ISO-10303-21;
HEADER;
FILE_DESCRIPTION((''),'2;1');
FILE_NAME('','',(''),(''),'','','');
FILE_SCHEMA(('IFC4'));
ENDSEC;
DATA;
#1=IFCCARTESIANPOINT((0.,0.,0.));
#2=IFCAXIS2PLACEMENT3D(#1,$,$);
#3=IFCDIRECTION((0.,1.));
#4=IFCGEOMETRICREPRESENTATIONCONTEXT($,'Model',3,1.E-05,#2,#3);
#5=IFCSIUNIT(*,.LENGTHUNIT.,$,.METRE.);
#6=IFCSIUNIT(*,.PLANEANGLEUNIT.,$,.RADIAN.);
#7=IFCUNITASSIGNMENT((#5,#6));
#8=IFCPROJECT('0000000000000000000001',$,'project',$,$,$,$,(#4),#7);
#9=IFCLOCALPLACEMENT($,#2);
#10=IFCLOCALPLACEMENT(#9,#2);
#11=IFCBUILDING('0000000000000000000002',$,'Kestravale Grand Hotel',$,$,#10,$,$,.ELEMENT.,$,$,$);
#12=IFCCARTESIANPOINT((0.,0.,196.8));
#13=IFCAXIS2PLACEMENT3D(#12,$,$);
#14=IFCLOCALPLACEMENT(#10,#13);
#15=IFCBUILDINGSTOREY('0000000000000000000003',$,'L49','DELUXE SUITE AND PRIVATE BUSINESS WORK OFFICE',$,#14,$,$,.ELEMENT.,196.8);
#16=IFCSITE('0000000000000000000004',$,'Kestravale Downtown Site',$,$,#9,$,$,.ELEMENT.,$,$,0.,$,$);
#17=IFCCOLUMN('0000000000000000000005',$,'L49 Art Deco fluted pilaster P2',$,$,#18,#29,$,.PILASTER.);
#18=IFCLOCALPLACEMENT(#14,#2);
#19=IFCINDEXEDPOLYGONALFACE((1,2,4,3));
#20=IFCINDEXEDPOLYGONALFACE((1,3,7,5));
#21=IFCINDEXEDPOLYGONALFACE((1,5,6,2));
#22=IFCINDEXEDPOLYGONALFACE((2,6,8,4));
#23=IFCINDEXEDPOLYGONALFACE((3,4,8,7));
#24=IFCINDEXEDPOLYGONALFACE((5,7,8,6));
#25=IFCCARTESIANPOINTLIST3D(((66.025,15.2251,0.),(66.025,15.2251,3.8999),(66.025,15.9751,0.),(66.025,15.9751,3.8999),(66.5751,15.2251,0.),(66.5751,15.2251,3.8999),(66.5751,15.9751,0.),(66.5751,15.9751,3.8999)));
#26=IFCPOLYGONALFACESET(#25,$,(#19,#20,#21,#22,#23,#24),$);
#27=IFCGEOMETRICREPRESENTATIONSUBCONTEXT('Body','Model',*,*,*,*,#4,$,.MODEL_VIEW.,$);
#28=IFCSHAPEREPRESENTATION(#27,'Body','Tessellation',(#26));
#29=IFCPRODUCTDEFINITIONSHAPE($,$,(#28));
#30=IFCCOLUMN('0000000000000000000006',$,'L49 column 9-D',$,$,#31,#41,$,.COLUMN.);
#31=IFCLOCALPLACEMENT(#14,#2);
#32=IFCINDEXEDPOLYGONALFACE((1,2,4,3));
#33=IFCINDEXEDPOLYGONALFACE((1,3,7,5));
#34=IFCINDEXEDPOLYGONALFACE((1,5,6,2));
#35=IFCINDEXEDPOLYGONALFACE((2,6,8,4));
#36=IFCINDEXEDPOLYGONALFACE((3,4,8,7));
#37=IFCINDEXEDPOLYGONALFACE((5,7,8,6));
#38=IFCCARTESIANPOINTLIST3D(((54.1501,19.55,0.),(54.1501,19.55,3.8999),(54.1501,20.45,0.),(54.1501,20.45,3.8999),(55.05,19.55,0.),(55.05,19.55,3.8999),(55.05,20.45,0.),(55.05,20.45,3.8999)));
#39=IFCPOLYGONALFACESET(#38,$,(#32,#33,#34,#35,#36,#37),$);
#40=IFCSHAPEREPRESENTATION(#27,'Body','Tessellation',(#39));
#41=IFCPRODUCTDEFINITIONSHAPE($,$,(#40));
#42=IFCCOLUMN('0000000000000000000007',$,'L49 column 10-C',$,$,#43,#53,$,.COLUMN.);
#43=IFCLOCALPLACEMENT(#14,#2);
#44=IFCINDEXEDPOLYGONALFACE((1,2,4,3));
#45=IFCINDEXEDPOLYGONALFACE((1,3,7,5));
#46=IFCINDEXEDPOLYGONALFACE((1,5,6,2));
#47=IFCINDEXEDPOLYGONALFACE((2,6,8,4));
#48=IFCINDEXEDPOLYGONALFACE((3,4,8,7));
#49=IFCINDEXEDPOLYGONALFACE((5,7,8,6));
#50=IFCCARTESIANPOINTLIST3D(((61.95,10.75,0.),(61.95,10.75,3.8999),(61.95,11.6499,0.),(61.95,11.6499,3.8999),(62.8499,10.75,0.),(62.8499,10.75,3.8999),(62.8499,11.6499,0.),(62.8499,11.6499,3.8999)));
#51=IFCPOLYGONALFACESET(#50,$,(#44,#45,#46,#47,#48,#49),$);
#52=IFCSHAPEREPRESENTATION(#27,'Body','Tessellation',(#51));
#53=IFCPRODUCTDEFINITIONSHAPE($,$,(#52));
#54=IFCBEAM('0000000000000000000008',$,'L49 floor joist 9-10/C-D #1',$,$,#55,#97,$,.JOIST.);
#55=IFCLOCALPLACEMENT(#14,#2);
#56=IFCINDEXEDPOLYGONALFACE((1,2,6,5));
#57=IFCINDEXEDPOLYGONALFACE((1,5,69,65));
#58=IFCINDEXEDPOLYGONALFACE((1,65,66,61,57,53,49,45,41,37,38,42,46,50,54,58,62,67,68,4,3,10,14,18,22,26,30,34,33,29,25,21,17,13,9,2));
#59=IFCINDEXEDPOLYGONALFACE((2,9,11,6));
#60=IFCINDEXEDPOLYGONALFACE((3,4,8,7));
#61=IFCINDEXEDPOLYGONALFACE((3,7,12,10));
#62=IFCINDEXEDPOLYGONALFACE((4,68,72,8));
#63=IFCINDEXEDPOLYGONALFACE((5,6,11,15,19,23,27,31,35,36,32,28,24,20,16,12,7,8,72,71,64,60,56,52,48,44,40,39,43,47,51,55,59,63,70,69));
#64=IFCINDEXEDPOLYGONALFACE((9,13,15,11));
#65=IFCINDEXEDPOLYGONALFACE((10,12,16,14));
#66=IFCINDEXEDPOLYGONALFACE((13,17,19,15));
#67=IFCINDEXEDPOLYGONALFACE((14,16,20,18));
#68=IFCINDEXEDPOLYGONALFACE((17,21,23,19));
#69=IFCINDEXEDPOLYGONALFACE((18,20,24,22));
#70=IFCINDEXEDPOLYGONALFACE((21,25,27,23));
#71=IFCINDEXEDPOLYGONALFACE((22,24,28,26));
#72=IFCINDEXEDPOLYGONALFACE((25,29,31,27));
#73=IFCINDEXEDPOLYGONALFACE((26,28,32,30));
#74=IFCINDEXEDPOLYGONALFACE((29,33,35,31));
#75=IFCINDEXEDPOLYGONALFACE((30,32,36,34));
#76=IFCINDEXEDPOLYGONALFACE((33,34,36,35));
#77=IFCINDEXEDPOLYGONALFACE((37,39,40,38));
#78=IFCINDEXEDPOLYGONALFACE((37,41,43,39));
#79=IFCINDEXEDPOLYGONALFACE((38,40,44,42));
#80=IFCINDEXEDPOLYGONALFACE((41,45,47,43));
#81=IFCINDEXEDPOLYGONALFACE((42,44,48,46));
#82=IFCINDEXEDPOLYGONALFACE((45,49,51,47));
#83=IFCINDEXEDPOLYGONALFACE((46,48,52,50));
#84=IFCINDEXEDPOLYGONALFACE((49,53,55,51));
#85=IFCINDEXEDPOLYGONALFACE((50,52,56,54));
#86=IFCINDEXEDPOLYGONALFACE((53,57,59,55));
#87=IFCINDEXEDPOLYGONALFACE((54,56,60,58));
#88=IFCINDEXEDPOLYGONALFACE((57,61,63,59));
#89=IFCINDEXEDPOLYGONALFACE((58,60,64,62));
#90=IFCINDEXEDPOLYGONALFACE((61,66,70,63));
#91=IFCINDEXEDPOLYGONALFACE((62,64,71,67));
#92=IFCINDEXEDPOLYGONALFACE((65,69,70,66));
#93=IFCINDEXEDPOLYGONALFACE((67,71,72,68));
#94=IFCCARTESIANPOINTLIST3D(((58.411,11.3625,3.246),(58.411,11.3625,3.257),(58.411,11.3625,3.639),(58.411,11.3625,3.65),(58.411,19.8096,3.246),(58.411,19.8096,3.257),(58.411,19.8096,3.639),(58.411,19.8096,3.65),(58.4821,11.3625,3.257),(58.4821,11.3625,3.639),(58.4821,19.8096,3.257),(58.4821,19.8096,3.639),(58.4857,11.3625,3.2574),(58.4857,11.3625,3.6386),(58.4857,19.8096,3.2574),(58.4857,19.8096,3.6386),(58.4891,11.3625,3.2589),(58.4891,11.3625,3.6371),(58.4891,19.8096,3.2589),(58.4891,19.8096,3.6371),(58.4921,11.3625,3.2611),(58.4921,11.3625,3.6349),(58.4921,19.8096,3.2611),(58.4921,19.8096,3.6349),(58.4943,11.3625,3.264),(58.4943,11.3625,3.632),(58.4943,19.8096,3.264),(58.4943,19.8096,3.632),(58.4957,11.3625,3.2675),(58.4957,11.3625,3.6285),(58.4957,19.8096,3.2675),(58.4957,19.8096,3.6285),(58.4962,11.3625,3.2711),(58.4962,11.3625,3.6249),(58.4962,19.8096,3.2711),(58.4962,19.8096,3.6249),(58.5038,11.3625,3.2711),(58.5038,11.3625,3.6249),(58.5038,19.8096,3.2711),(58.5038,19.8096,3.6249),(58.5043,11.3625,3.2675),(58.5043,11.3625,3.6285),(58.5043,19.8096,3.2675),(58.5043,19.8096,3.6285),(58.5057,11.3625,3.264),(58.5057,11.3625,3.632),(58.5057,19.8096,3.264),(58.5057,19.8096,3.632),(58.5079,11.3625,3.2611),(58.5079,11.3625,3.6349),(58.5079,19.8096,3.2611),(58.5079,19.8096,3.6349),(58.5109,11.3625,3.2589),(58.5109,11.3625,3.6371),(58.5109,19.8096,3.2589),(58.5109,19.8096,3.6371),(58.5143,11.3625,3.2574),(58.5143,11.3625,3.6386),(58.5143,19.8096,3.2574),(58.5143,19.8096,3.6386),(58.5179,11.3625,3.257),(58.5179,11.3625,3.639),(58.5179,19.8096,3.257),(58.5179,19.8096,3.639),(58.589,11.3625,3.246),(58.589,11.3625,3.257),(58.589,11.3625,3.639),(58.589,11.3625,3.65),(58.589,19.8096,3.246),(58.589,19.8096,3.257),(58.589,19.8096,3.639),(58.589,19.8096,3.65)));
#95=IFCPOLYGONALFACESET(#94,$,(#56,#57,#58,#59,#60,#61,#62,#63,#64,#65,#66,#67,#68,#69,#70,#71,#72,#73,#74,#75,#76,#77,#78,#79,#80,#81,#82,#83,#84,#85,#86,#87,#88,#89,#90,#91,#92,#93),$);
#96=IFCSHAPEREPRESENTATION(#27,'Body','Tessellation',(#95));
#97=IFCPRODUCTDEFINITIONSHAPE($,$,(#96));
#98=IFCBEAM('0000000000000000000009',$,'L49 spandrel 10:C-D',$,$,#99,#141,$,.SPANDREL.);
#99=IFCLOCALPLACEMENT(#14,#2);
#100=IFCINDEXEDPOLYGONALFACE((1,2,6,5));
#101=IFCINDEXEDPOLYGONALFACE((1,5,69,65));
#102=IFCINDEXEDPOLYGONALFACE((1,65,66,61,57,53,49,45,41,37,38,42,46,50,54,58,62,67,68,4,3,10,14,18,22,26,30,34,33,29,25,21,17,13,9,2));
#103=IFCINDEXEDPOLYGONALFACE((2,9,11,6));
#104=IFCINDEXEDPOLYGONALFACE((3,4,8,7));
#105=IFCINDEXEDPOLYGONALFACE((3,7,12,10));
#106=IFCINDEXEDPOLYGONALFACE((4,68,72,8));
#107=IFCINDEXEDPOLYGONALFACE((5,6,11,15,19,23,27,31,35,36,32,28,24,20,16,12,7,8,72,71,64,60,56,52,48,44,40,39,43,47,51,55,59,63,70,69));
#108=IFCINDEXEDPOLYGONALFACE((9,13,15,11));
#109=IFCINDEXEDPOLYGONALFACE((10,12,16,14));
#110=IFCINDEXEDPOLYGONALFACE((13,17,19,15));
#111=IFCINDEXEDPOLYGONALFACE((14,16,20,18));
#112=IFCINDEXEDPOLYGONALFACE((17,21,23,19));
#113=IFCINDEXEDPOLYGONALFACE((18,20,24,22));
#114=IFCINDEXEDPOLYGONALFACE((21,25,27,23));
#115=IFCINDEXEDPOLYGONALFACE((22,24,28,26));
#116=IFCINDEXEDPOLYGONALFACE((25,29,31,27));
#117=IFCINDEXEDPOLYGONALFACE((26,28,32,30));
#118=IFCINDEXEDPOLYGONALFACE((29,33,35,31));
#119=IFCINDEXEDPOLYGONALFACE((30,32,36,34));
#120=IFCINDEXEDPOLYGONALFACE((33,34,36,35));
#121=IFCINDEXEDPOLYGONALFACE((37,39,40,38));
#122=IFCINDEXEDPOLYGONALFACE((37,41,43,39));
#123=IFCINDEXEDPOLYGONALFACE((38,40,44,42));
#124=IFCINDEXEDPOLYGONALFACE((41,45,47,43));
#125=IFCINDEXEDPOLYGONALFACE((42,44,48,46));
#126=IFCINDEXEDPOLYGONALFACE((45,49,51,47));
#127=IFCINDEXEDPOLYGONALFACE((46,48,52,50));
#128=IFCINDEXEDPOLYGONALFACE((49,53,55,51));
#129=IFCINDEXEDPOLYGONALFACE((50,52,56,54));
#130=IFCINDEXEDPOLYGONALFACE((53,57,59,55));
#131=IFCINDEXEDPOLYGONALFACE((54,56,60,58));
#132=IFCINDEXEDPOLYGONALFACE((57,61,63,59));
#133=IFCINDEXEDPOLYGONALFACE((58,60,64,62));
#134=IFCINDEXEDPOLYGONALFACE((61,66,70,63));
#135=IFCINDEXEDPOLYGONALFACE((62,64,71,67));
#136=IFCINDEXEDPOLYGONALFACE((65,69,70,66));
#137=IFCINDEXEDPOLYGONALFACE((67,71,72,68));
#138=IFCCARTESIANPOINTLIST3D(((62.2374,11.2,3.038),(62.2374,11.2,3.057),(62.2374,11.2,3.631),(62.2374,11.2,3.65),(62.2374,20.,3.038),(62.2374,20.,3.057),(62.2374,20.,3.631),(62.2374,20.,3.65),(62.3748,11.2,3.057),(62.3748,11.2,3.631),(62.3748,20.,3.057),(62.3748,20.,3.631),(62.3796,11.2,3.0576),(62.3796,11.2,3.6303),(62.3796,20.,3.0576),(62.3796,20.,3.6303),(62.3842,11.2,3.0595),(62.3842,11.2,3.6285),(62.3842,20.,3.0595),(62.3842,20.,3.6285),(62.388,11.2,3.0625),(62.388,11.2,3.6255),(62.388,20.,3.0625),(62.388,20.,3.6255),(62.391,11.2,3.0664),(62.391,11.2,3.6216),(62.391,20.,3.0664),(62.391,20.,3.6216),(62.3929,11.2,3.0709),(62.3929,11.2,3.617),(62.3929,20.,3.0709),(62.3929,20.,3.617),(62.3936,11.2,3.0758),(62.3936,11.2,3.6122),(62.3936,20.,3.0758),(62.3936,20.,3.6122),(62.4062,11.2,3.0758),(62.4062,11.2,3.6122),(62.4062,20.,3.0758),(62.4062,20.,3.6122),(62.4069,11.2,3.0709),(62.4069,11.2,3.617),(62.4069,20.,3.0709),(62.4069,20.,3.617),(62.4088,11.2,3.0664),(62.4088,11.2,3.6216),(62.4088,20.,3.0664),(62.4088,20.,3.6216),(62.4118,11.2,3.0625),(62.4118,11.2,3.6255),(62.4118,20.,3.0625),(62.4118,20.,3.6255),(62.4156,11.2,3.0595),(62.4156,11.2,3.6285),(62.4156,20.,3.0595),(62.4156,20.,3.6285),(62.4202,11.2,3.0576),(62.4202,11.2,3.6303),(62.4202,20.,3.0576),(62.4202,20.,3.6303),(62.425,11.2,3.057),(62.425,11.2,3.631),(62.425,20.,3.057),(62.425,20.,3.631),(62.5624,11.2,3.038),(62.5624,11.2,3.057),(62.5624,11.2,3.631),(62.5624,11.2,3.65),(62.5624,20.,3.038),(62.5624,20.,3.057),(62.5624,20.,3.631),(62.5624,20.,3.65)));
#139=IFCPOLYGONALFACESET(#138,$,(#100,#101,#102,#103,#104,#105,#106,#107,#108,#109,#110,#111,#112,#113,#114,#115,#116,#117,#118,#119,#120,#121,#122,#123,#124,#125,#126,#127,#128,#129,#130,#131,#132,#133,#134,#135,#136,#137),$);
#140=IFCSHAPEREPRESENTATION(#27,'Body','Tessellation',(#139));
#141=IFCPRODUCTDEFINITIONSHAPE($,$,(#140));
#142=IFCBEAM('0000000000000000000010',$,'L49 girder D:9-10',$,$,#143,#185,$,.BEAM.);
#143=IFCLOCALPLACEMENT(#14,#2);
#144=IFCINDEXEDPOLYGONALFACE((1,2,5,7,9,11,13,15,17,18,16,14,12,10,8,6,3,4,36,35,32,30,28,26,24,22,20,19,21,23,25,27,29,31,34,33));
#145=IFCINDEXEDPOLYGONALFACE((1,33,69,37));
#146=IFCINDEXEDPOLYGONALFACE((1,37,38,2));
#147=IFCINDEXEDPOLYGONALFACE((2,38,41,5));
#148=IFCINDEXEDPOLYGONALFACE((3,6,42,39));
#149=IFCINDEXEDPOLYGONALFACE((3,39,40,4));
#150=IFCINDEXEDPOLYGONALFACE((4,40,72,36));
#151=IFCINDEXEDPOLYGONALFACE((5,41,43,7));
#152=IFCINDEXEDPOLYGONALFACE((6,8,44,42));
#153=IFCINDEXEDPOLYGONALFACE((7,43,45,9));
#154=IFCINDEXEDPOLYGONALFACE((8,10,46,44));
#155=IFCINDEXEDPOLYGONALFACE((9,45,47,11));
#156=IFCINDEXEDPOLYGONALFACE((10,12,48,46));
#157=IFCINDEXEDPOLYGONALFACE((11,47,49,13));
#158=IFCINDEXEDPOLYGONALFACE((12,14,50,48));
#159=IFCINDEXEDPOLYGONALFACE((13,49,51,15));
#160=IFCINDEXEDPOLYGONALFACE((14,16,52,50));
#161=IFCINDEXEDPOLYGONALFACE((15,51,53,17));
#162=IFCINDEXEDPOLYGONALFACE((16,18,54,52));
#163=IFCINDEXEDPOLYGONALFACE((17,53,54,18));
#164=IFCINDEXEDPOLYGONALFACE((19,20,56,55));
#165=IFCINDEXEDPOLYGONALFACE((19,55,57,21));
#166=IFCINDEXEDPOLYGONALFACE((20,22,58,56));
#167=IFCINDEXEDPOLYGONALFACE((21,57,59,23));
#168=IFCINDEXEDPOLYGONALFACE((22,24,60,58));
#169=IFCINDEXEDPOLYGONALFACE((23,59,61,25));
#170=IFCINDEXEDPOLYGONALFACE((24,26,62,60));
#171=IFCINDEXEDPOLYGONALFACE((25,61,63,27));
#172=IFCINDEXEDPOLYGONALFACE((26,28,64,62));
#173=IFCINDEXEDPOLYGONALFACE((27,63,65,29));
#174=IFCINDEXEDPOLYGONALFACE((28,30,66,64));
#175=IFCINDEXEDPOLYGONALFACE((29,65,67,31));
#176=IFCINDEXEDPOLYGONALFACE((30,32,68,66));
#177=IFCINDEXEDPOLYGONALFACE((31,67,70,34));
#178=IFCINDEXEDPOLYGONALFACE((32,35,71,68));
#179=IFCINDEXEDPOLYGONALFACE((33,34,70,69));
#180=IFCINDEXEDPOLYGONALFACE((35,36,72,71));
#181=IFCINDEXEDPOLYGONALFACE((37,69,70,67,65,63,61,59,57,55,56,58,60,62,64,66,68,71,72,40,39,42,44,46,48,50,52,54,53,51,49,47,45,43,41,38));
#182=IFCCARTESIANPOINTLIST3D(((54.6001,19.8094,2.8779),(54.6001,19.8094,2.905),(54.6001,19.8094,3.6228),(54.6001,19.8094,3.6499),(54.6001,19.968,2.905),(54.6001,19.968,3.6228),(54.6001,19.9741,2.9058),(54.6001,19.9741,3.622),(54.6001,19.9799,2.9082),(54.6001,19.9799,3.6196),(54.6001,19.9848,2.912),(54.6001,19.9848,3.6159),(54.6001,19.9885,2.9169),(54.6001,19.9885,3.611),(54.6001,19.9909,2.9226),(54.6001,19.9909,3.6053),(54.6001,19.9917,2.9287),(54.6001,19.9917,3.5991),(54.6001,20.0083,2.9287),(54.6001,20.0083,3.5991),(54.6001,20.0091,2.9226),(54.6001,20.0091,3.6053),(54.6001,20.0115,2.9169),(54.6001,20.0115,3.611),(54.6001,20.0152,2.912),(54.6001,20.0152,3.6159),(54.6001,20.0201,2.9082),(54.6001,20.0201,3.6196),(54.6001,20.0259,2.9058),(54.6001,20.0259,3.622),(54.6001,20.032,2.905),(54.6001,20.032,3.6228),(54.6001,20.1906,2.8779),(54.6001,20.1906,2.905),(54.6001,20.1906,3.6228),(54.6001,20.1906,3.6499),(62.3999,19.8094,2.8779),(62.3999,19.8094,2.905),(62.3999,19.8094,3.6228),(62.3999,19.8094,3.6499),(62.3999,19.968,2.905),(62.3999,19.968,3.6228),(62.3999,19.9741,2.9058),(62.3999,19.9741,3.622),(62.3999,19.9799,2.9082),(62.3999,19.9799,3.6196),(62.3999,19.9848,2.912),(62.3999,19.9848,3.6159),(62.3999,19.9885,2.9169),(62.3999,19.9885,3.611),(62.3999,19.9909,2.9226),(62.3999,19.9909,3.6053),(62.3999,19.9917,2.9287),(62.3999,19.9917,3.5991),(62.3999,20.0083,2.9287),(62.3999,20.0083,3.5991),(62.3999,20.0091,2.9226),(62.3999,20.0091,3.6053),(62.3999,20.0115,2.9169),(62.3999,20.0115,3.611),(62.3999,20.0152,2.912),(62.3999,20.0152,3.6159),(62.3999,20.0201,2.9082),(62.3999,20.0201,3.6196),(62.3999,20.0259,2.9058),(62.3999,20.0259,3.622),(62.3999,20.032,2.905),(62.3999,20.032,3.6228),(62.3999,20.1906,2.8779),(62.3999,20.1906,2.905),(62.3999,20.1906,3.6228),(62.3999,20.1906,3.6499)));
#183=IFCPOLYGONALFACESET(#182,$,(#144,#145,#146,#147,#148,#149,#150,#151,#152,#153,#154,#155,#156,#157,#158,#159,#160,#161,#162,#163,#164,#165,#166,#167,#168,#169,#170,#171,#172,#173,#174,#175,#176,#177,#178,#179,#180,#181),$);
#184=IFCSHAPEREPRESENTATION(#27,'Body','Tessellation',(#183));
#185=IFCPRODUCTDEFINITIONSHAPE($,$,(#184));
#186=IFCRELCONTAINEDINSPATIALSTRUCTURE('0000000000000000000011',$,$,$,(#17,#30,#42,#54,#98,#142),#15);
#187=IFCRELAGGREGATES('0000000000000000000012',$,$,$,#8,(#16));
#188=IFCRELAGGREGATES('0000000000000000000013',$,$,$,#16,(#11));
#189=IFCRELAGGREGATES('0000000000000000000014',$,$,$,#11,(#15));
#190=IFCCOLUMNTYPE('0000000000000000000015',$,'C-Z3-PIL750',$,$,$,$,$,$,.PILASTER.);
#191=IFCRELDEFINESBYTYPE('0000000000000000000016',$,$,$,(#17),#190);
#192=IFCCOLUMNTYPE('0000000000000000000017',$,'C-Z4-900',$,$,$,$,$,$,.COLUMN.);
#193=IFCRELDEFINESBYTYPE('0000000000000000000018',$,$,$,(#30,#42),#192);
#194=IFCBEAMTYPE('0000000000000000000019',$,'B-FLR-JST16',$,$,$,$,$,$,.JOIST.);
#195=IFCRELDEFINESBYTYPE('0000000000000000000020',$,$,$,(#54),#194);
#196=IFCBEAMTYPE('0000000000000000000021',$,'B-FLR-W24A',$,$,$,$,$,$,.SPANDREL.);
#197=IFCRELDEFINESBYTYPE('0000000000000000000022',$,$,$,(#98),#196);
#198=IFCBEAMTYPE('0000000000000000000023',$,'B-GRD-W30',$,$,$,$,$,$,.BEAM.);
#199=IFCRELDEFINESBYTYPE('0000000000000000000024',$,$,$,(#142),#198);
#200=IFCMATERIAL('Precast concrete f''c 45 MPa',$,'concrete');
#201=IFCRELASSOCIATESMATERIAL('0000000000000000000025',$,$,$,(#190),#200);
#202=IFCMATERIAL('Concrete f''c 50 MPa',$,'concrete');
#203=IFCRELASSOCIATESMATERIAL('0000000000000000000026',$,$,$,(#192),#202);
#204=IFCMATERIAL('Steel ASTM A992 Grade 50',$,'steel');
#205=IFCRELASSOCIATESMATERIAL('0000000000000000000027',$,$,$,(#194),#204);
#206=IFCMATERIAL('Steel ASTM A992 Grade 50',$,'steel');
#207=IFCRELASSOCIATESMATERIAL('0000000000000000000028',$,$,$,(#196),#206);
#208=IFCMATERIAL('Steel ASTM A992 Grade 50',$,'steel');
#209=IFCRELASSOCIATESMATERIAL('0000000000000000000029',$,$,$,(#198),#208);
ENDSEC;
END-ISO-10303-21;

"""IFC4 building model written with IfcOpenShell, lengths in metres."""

from ifc_helpers import new_model, si_unit, direction, frame, origin, origin_2d, place, context, subcontext, project, spatial, rectangle, i_section, extrude, material, material_profile, profile_set, type_object, element, save


model = new_model("IFC4")

# Units and contexts
model_context = context("Model", 3, precision=1e-05, world=origin(), true_north=direction((0.0, 1.0)))
body_context = subcontext(model_context, "Body", "Model", "MODEL_VIEW")
ifc_project = project(units=[si_unit("LENGTHUNIT", "METRE"), si_unit("PLANEANGLEUNIT", "RADIAN")], contexts=[model_context])

# Site, building, storey
site_placement = place(None, origin())
site = spatial("IfcSite", under=ifc_project, at=site_placement, Name="Kestravale Downtown Site", CompositionType="ELEMENT", RefElevation=0.0)
building_placement = place(site_placement, origin())
building = spatial("IfcBuilding", under=site, at=building_placement, Name="Kestravale Grand Hotel", CompositionType="ELEMENT")
storey_placement = place(building_placement, frame((0.0, 0.0, 196.8)))
storey = spatial("IfcBuildingStorey", under=building, at=storey_placement, Name="L49", Description="DELUXE SUITE AND PRIVATE BUSINESS WORK OFFICE", CompositionType="ELEMENT", Elevation=196.8)

# Columns
ifc_material_1 = material(Name="Precast concrete f'c 45 MPa", Category="concrete")
ifc_material_profile_1 = material_profile(ifc_material_1, rectangle(XDim=0.55, YDim=0.75, at=origin_2d()))
ifc_profile_set_1 = profile_set([ifc_material_profile_1], Name="Precast concrete f'c 45 MPa")
column_type_1 = type_object("IfcColumnType", Name="C-Z3-PIL750", PredefinedType="PILASTER", material=ifc_profile_set_1)
column_placement = place(storey_placement, frame((66.3, 15.6001, 0.0), z_axis=(0.0, 0.0, 1.0), x_axis=(1.0, 0.0, 0.0)))
element("IfcColumn", 1, at=column_placement, inside=storey, type_object=column_type_1, Name="L49 Art Deco fluted pilaster P2", PredefinedType="PILASTER", context=body_context, shape_type="SweptSolid", body=[
    extrude(rectangle(XDim=0.55, YDim=0.75, at=origin_2d()), origin(), (0.0, 0.0, 1.0), 3.8999),
])
ifc_material_2 = material(Name="Concrete f'c 50 MPa", Category="concrete")
ifc_material_profile_2 = material_profile(ifc_material_2, rectangle(XDim=0.8999, YDim=0.8999, at=origin_2d()))
ifc_profile_set_2 = profile_set([ifc_material_profile_2], Name="Concrete f'c 50 MPa")
column_type_2 = type_object("IfcColumnType", Name="C-Z4-900", PredefinedType="COLUMN", material=ifc_profile_set_2)
for number, where, z_axis, x_axis, name in (
    (2, (54.6001, 20.0, 0.0), (0.0, 0.0, 1.0), (1.0, 0.0, 0.0), "L49 column 9-D"),
    (3, (62.3999, 11.2, 0.0), (0.0, 0.0, 1.0), (1.0, 0.0, 0.0), "L49 column 10-C"),
):
    element("IfcColumn", number, at=place(storey_placement, frame(where, z_axis=z_axis, x_axis=x_axis)), inside=storey, type_object=column_type_2, Name=name, PredefinedType="COLUMN", context=body_context, shape_type="SweptSolid", body=[
        extrude(rectangle(XDim=0.8999, YDim=0.8999, at=origin_2d()), origin(), (0.0, 0.0, 1.0), 3.8999),
    ])

# Beams
ifc_material_3 = material(Name="Steel ASTM A992 Grade 50", Category="steel")
ifc_material_profile_3 = material_profile(ifc_material_3, i_section(OverallWidth=0.178, OverallDepth=0.4041, WebThickness=0.0076, FlangeThickness=0.011, FilletRadius=0.0142, at=origin_2d()))
ifc_profile_set_3 = profile_set([ifc_material_profile_3], Name="Steel ASTM A992 Grade 50")
beam_type_1 = type_object("IfcBeamType", Name="B-FLR-JST16", PredefinedType="JOIST", material=ifc_profile_set_3)
beam_1_placement = place(storey_placement, frame((58.5, 11.3625, 3.448), z_axis=(0.0, 1.0, 0.0), x_axis=(-1.0, 0.0, 0.0)))
element("IfcBeam", 4, at=beam_1_placement, inside=storey, type_object=beam_type_1, Name="L49 floor joist 9-10/C-D #1", PredefinedType="JOIST", context=body_context, shape_type="SweptSolid", body=[
    extrude(i_section(OverallWidth=0.178, OverallDepth=0.4041, WebThickness=0.0076, FlangeThickness=0.011, FilletRadius=0.0142, at=origin_2d()), origin(), (0.0, 0.0, 1.0), 8.447),
])
ifc_material_4 = material(Name="Steel ASTM A992 Grade 50", Category="steel")
ifc_material_profile_4 = material_profile(ifc_material_4, i_section(OverallWidth=0.325, OverallDepth=0.6121, WebThickness=0.0127, FlangeThickness=0.019, FilletRadius=0.0188, at=origin_2d()))
ifc_profile_set_4 = profile_set([ifc_material_profile_4], Name="Steel ASTM A992 Grade 50")
beam_type_2 = type_object("IfcBeamType", Name="B-FLR-W24A", PredefinedType="SPANDREL", material=ifc_profile_set_4)
beam_2_placement = place(storey_placement, frame((62.3999, 11.2, 3.344), z_axis=(0.0, 1.0, 0.0), x_axis=(-1.0, 0.0, 0.0)))
element("IfcBeam", 5, at=beam_2_placement, inside=storey, type_object=beam_type_2, Name="L49 spandrel 10:C-D", PredefinedType="SPANDREL", context=body_context, shape_type="SweptSolid", body=[
    extrude(i_section(OverallWidth=0.325, OverallDepth=0.6121, WebThickness=0.0127, FlangeThickness=0.019, FilletRadius=0.0188, at=origin_2d()), origin(), (0.0, 0.0, 1.0), 8.8),
])
ifc_material_5 = material(Name="Steel ASTM A992 Grade 50", Category="steel")
ifc_material_profile_5 = material_profile(ifc_material_5, i_section(OverallWidth=0.3811, OverallDepth=0.772, WebThickness=0.0166, FlangeThickness=0.0271, FilletRadius=0.0237, at=origin_2d()))
ifc_profile_set_5 = profile_set([ifc_material_profile_5], Name="Steel ASTM A992 Grade 50")
beam_type_3 = type_object("IfcBeamType", Name="B-GRD-W30", PredefinedType="BEAM", material=ifc_profile_set_5)
beam_3_placement = place(storey_placement, frame((54.6001, 20.0, 3.2639), z_axis=(1.0, 0.0, 0.0), x_axis=(0.0, 1.0, 0.0)))
element("IfcBeam", 6, at=beam_3_placement, inside=storey, type_object=beam_type_3, Name="L49 girder D:9-10", PredefinedType="BEAM", context=body_context, shape_type="SweptSolid", body=[
    extrude(i_section(OverallWidth=0.3811, OverallDepth=0.772, WebThickness=0.0166, FlangeThickness=0.0271, FilletRadius=0.0237, at=origin_2d()), origin(), (0.0, 0.0, 1.0), 7.7998),
])

save(model, "model.ifc")
